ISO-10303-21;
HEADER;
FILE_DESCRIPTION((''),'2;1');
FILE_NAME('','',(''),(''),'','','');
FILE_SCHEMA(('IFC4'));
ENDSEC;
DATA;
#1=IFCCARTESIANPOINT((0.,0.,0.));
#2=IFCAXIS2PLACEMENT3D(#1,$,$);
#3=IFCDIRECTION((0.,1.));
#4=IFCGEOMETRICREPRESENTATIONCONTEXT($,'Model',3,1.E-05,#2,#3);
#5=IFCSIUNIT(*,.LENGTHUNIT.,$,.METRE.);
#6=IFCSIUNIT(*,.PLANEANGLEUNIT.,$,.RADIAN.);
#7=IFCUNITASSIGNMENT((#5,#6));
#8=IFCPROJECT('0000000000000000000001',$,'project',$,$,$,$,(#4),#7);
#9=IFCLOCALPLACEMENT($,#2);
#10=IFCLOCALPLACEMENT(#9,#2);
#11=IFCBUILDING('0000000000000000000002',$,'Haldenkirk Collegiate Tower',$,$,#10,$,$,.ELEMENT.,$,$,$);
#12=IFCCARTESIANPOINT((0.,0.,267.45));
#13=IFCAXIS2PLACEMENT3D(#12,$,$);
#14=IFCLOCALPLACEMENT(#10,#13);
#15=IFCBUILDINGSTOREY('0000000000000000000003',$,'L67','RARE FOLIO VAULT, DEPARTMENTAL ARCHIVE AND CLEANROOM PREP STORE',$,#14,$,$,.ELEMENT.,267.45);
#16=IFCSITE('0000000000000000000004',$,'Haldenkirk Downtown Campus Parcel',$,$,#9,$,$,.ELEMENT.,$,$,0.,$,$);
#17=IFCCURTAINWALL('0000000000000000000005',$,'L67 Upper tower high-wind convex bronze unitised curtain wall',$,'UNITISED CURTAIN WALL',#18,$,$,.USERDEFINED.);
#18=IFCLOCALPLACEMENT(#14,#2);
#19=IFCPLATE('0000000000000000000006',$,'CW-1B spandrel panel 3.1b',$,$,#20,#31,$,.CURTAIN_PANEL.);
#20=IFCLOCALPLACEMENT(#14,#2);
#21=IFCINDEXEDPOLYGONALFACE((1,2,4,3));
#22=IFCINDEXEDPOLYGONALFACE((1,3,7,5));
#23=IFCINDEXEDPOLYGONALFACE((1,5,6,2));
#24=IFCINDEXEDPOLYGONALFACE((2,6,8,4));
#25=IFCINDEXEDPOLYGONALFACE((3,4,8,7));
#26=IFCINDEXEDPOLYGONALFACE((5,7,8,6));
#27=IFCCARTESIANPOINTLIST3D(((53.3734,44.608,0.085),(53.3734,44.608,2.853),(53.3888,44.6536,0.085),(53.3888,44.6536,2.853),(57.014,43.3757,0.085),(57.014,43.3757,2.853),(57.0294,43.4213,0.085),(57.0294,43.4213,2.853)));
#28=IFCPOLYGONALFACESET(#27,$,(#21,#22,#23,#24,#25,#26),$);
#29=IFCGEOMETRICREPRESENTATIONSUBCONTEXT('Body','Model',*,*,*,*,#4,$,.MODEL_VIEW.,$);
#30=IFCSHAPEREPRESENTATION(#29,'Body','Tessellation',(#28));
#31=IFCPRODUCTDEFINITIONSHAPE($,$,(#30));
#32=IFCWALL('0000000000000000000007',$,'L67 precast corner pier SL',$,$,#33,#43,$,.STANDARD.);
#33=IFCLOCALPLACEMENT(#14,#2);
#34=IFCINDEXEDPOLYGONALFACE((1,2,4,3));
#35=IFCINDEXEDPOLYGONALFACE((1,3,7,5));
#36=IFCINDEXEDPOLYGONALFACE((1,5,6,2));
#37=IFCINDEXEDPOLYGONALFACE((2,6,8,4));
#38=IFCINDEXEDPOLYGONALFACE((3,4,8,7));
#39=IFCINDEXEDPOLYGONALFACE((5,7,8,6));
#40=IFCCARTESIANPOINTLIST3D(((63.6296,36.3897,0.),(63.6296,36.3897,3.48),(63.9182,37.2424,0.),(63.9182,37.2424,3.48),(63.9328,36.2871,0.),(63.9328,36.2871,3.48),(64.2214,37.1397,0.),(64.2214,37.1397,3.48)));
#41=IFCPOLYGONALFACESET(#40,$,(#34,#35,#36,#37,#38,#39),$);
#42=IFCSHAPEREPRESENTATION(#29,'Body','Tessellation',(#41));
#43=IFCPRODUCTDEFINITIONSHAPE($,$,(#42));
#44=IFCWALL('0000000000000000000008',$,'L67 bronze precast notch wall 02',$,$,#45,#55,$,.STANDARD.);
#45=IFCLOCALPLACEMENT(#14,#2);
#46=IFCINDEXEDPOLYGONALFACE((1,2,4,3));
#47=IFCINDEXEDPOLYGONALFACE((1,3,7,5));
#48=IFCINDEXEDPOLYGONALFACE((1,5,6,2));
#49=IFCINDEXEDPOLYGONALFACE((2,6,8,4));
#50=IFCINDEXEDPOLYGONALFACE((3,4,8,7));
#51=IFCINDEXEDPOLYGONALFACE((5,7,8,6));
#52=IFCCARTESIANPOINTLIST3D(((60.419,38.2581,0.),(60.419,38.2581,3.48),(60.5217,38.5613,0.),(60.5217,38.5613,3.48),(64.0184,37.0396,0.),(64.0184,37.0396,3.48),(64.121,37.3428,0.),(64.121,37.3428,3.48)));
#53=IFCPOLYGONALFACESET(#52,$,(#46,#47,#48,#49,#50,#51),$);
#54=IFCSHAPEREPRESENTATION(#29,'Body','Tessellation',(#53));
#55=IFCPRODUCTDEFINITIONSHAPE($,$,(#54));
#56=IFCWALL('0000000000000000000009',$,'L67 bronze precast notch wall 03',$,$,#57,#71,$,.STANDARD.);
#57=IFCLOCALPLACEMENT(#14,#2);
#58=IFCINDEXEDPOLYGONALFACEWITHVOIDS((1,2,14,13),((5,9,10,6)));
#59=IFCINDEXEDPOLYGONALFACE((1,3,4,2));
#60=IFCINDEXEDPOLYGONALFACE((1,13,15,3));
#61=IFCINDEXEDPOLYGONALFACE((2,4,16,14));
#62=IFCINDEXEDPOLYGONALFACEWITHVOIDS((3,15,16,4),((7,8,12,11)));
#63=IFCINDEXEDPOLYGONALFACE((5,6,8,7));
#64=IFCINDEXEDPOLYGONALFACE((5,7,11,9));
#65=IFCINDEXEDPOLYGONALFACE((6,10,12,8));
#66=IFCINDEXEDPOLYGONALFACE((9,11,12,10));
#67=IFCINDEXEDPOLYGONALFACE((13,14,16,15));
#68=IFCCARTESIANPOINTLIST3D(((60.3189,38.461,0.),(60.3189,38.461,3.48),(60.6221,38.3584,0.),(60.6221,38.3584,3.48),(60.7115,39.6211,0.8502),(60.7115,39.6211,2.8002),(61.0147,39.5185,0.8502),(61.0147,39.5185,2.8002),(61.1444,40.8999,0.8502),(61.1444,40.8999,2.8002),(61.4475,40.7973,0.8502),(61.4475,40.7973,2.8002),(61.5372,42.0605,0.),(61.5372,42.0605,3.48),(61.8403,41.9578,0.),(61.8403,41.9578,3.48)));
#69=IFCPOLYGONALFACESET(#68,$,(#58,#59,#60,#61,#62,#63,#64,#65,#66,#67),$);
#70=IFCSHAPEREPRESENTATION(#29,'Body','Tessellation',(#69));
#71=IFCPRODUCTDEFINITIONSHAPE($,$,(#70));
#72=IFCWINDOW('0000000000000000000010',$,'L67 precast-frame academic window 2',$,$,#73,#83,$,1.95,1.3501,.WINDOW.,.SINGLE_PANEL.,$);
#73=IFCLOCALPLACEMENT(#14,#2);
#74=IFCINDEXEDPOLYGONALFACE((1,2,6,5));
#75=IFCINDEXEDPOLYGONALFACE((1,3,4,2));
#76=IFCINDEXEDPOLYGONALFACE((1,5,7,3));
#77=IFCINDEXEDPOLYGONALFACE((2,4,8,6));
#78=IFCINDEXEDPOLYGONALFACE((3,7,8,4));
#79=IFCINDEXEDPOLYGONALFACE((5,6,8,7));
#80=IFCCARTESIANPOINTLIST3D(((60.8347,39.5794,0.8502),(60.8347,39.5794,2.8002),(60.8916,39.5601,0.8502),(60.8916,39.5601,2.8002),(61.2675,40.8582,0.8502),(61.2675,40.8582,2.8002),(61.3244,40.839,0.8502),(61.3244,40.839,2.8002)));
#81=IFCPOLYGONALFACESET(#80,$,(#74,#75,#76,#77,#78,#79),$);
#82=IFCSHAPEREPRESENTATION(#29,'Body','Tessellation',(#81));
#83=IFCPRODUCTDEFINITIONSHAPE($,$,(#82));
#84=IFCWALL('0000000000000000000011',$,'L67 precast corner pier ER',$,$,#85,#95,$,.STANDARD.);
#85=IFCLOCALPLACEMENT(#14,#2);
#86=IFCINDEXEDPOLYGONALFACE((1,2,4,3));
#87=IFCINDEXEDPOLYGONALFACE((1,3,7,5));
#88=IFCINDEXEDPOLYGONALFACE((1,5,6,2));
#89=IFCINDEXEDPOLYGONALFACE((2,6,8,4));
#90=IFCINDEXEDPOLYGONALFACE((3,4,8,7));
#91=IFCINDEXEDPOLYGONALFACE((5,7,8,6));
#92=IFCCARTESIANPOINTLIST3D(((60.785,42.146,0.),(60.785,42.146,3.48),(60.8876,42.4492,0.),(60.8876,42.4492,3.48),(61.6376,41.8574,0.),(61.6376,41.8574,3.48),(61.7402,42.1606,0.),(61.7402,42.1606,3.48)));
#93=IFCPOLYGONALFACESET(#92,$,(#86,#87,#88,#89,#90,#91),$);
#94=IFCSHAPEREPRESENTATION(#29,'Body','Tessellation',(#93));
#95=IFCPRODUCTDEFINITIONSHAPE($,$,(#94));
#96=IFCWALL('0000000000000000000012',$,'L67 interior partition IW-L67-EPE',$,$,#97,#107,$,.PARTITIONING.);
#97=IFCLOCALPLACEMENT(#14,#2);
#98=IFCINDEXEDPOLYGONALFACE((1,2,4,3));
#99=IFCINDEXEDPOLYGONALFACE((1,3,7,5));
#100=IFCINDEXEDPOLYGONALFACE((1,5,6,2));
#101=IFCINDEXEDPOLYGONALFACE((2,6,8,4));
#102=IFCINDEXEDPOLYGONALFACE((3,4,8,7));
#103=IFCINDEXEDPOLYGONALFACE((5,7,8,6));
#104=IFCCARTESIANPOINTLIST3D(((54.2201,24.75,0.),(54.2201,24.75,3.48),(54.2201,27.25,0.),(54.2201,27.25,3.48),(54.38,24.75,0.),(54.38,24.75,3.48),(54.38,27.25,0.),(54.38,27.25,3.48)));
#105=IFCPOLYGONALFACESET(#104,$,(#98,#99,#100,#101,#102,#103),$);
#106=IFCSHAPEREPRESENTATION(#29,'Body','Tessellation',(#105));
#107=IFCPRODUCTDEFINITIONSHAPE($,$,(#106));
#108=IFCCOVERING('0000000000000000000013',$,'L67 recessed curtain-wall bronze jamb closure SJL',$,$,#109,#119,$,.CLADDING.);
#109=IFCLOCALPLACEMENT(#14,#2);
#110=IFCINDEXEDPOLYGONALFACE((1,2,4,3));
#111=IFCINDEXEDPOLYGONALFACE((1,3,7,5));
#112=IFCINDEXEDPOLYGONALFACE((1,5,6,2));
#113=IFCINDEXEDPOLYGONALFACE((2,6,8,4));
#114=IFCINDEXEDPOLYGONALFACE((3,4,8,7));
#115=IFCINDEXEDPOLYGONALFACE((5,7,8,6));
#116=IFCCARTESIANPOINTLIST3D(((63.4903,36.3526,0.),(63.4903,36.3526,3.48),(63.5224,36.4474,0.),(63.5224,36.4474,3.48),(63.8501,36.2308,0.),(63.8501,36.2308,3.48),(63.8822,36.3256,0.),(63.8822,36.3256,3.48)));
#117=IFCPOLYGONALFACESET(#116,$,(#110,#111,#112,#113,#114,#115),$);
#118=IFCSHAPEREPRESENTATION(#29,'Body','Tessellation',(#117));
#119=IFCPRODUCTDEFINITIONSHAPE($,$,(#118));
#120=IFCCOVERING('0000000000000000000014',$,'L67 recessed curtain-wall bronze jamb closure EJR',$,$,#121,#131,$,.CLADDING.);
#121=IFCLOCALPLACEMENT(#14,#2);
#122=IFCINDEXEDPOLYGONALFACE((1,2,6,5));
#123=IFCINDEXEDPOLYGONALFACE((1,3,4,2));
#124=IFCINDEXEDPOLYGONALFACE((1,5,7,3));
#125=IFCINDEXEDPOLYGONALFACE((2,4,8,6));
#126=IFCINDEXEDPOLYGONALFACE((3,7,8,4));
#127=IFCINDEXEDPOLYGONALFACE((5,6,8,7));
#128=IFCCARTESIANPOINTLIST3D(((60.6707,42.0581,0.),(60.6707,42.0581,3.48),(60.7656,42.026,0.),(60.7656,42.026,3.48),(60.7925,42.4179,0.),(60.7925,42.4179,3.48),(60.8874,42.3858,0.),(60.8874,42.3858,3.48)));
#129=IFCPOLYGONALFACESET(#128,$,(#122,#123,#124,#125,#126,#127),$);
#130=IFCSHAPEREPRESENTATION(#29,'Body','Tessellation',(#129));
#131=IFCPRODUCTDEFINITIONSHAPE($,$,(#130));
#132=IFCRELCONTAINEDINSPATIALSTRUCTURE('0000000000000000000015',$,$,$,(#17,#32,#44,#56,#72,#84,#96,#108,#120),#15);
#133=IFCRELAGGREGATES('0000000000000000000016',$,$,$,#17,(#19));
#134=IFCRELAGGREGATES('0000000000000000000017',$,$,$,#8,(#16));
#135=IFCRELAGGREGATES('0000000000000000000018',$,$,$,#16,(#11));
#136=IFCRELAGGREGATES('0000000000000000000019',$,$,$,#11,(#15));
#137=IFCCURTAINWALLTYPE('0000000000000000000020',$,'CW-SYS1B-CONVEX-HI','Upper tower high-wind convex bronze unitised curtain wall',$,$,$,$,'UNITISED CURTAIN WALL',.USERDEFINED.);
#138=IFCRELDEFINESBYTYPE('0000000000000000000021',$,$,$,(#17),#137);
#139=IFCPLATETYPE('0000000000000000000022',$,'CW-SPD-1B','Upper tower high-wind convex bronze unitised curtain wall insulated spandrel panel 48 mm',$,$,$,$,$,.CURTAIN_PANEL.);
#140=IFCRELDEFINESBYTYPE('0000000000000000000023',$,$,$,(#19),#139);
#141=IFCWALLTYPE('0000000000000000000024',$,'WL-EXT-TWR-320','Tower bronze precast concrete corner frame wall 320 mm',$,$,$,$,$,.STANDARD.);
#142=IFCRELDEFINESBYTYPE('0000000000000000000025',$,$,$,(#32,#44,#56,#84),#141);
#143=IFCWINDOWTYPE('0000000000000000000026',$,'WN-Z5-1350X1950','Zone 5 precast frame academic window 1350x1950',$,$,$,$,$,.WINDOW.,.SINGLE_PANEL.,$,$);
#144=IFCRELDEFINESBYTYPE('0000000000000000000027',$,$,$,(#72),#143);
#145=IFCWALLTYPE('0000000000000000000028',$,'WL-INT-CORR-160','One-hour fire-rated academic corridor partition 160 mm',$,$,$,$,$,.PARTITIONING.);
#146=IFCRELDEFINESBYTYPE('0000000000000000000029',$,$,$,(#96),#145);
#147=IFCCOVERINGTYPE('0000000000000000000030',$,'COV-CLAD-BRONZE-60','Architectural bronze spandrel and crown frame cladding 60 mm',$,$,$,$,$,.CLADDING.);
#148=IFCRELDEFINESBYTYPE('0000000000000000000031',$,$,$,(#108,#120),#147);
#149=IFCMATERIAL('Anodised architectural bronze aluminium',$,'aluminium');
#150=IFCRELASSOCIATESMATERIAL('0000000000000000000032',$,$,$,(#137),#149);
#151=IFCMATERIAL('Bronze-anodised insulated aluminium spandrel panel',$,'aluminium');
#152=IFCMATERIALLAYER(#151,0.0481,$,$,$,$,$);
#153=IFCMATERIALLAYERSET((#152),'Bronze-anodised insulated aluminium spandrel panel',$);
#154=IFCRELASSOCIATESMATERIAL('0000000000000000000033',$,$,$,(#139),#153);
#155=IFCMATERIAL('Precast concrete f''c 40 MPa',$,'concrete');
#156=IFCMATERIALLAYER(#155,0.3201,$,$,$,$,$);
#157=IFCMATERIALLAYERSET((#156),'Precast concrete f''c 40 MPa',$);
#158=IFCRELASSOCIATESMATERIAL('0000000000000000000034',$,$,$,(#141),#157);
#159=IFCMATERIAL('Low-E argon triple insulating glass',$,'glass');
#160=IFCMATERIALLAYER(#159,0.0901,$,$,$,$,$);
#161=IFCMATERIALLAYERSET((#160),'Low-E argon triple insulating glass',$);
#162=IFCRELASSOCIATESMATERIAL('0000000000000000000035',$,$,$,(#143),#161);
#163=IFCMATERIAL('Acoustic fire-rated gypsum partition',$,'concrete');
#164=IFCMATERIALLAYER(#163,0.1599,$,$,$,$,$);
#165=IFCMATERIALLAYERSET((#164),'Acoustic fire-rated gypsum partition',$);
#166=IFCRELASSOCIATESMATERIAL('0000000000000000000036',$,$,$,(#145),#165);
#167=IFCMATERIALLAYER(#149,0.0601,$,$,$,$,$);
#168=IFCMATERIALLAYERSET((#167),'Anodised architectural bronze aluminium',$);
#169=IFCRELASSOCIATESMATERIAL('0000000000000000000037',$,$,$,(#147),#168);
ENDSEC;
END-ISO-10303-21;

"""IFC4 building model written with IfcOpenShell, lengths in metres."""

from ifc_helpers import new_model, si_unit, direction, frame, frame_2d, origin, origin_2d, place, context, subcontext, project, spatial, rectangle, extrude, source, transform, mapped, material, layer, layer_set, type_object, element, fill, aggregate, save


model = new_model("IFC4")

# Units and contexts
model_context = context("Model", 3, precision=1e-05, world=origin(), true_north=direction((0.0, 1.0)))
body_context = subcontext(model_context, "Body", "Model", "MODEL_VIEW")
ifc_project = project(units=[si_unit("LENGTHUNIT", "METRE"), si_unit("PLANEANGLEUNIT", "RADIAN")], contexts=[model_context])

# Site, building, storey
site_placement = place(None, origin())
site = spatial("IfcSite", under=ifc_project, at=site_placement, Name="Haldenkirk Downtown Campus Parcel", CompositionType="ELEMENT", RefElevation=0.0)
building_placement = place(site_placement, origin())
building = spatial("IfcBuilding", under=site, at=building_placement, Name="Haldenkirk Collegiate Tower", CompositionType="ELEMENT")
storey_placement = place(building_placement, frame((0.0, 0.0, 267.45)))
storey = spatial("IfcBuildingStorey", under=building, at=storey_placement, Name="L67", Description="RARE FOLIO VAULT, DEPARTMENTAL ARCHIVE AND CLEANROOM PREP STORE", CompositionType="ELEMENT", Elevation=267.45)

# Curtain wall
ifc_material_1 = material(Name="Anodised architectural bronze aluminium", Category="aluminium")
curtain_wall_type_1 = type_object("IfcCurtainWallType", Name="CW-SYS1B-CONVEX-HI", Description="Upper tower high-wind convex bronze unitised curtain wall", ElementType="UNITISED CURTAIN WALL", PredefinedType="USERDEFINED", material=ifc_material_1)
curtain_wall_1_placement = place(storey_placement, origin())
curtain_wall_1 = element("IfcCurtainWall", 1, at=curtain_wall_1_placement, inside=storey, type_object=curtain_wall_type_1, Name="L67 Upper tower high-wind convex bronze unitised curtain wall", ObjectType="UNITISED CURTAIN WALL", PredefinedType="USERDEFINED")

# Plate
ifc_material_2 = material(Name="Bronze-anodised insulated aluminium spandrel panel", Category="aluminium")
ifc_material_3 = material(Name="Low-E argon triple insulating glass", Category="glass")
ifc_layer_1 = layer(ifc_material_2, 0.0481)
ifc_layer_set_1 = layer_set([ifc_layer_1], Name="Bronze-anodised insulated aluminium spandrel panel")
plate_type_1 = type_object("IfcPlateType", Name="CW-SPD-1B", Description="Upper tower high-wind convex bronze unitised curtain wall insulated spandrel panel 48 mm", PredefinedType="CURTAIN_PANEL", material=ifc_layer_set_1)
shared_shape_1 = source(origin(), body_context, "Body", "SweptSolid", [
    extrude(rectangle(XDim=3.8435, YDim=0.0481, at=origin_2d()), origin(), (0.0, 0.0, 1.0), 2.7681),
])
plate_1_placement = place(storey_placement, frame((55.2014, 44.0146, 0.085), z_axis=(0.0, 0.0, 1.0), x_axis=(0.94721, -0.320614, 0.0)))
plate_1 = element("IfcPlate", 2, at=plate_1_placement, type_object=plate_type_1, Name="CW-1B spandrel panel 3.1b", PredefinedType="CURTAIN_PANEL", context=body_context, shape_type="MappedRepresentation", body=[
    mapped(shared_shape_1, transform((0.0, 0.0, 0.0), x_axis=(1.0, 0.0, 0.0), y_axis=(0.0, 1.0, 0.0), z_axis=(0.0, 0.0, 1.0), scale=1.0)),
])
aggregate(curtain_wall_1, [plate_1])

# Walls
ifc_material_4 = material(Name="Precast concrete f'c 40 MPa", Category="concrete")
ifc_layer_2 = layer(ifc_material_4, 0.3201)
ifc_layer_set_2 = layer_set([ifc_layer_2], Name="Precast concrete f'c 40 MPa")
wall_type_1 = type_object("IfcWallType", Name="WL-EXT-TWR-320", Description="Tower bronze precast concrete corner frame wall 320 mm", PredefinedType="STANDARD", material=ifc_layer_set_2)
wall_1_placement = place(storey_placement, frame((64.0698, 37.1912, 0.0), z_axis=(0.0, 0.0, 1.0), x_axis=(-0.320619, -0.947208, 0.0)))
element("IfcWall", 3, at=wall_1_placement, inside=storey, type_object=wall_type_1, Name="L67 precast corner pier SL", PredefinedType="STANDARD", context=body_context, shape_type="SweptSolid", body=[
    extrude(rectangle(XDim=0.9001, YDim=0.3201, at=frame_2d((0.4502, 0.0))), origin(), (0.0, 0.0, 1.0), 3.48),
])
wall_2_placement = place(storey_placement, frame((60.4705, 38.4097, 0.0), z_axis=(0.0, 0.0, 1.0), x_axis=(0.947195, -0.320657, 0.0)))
element("IfcWall", 4, at=wall_2_placement, inside=storey, type_object=wall_type_1, Name="L67 bronze precast notch wall 02", PredefinedType="STANDARD", context=body_context, shape_type="SweptSolid", body=[
    extrude(rectangle(XDim=3.8, YDim=0.3201, at=frame_2d((1.8999, 0.0))), origin(), (0.0, 0.0, 1.0), 3.48),
])

# Wall, opening, window
wall_3_placement = place(storey_placement, frame((61.6887, 42.009, 0.0), z_axis=(0.0, 0.0, 1.0), x_axis=(-0.3206, -0.947215, 0.0)))
wall_3 = element("IfcWall", 5, at=wall_3_placement, inside=storey, type_object=wall_type_1, Name="L67 bronze precast notch wall 03", PredefinedType="STANDARD", context=body_context, shape_type="SweptSolid", body=[
    extrude(rectangle(XDim=3.8, YDim=0.3201, at=frame_2d((1.8999, 0.0))), origin(), (0.0, 0.0, 1.0), 3.48),
])
opening_placement = place(wall_3_placement, frame((1.2251, 0.0, 0.8501)))
opening = element("IfcOpeningElement", 6, at=opening_placement, cuts=wall_3, PredefinedType="OPENING", context=body_context, shape_type="SweptSolid", body=[
    extrude(rectangle(XDim=1.3501, YDim=1.95, at=frame_2d((0.675, 0.9751))), frame((0.0, 0.1699, 0.0), z_axis=(0.0, -1.0, 0.0), x_axis=(1.0, 0.0, 0.0)), (0.0, 0.0, 1.0), 0.3401),
])
ifc_layer_3 = layer(ifc_material_3, 0.0901)
ifc_layer_set_3 = layer_set([ifc_layer_3], Name="Low-E argon triple insulating glass")
window_type = type_object("IfcWindowType", Name="WN-Z5-1350X1950", Description="Zone 5 precast frame academic window 1350x1950", PartitioningType="SINGLE_PANEL", PredefinedType="WINDOW", material=ifc_layer_set_3)
window_placement = place(opening_placement, origin())
window = element("IfcWindow", 7, at=window_placement, inside=storey, type_object=window_type, Name="L67 precast-frame academic window 2", OverallHeight=1.95, OverallWidth=1.3501, PartitioningType="SINGLE_PANEL", PredefinedType="WINDOW", context=body_context, shape_type="SweptSolid", body=[
    extrude(rectangle(XDim=1.3501, YDim=1.95, at=frame_2d((0.675, 0.9751))), frame((0.0, 0.03, 0.0), z_axis=(0.0, -1.0, 0.0), x_axis=(1.0, 0.0, 0.0)), (0.0, 0.0, 1.0), 0.0601),
])
fill(opening, window)

# Walls
wall_4_placement = place(storey_placement, frame((60.8362, 42.2976, 0.0), z_axis=(0.0, 0.0, 1.0), x_axis=(0.947208, -0.320619, 0.0)))
element("IfcWall", 8, at=wall_4_placement, inside=storey, type_object=wall_type_1, Name="L67 precast corner pier ER", PredefinedType="STANDARD", context=body_context, shape_type="SweptSolid", body=[
    extrude(rectangle(XDim=0.9001, YDim=0.3201, at=frame_2d((0.4502, 0.0))), origin(), (0.0, 0.0, 1.0), 3.48),
])
ifc_material_5 = material(Name="Acoustic fire-rated gypsum partition", Category="concrete")
ifc_layer_4 = layer(ifc_material_5, 0.1599)
ifc_layer_set_4 = layer_set([ifc_layer_4], Name="Acoustic fire-rated gypsum partition")
wall_type_2 = type_object("IfcWallType", Name="WL-INT-CORR-160", Description="One-hour fire-rated academic corridor partition 160 mm", PredefinedType="PARTITIONING", material=ifc_layer_set_4)
wall_5_placement = place(storey_placement, frame((54.3, 24.75, 0.0), z_axis=(0.0, 0.0, 1.0), x_axis=(0.0, 1.0, 0.0)))
element("IfcWall", 9, at=wall_5_placement, inside=storey, type_object=wall_type_2, Name="L67 interior partition IW-L67-EPE", PredefinedType="PARTITIONING", context=body_context, shape_type="SweptSolid", body=[
    extrude(rectangle(XDim=2.5, YDim=0.1599, at=frame_2d((1.25, 0.0))), origin(), (0.0, 0.0, 1.0), 3.48),
])

# Coverings
ifc_layer_5 = layer(ifc_material_1, 0.0601)
ifc_layer_set_5 = layer_set([ifc_layer_5], Name="Anodised architectural bronze aluminium")
covering_type = type_object("IfcCoveringType", Name="COV-CLAD-BRONZE-60", Description="Architectural bronze spandrel and crown frame cladding 60 mm", PredefinedType="CLADDING", material=ifc_layer_set_5)
shared_shape_2 = source(origin(), body_context, "Body", "SweptSolid", [
    extrude(rectangle(XDim=0.1001, YDim=0.3799, at=origin_2d()), origin(), (0.0, 0.0, 1.0), 3.48),
])
for number, where, z_axis, x_axis, name in (
    (10, (63.6863, 36.3391, 0.0), (0.0, 0.0, 1.0), (-0.320613, -0.94721, 0.0), "L67 recessed curtain-wall bronze jamb closure SJL"),
    (11, (60.7791, 42.2219, 0.0), (0.0, 0.0, 1.0), (0.94721, -0.320613, 0.0), "L67 recessed curtain-wall bronze jamb closure EJR"),
):
    element("IfcCovering", number, at=place(storey_placement, frame(where, z_axis=z_axis, x_axis=x_axis)), inside=storey, type_object=covering_type, Name=name, PredefinedType="CLADDING", context=body_context, shape_type="MappedRepresentation", body=[
        mapped(shared_shape_2, transform((0.0, 0.0, 0.0), x_axis=(1.0, 0.0, 0.0), y_axis=(0.0, 1.0, 0.0), z_axis=(0.0, 0.0, 1.0), scale=1.0)),
    ])

save(model, "model.ifc")
